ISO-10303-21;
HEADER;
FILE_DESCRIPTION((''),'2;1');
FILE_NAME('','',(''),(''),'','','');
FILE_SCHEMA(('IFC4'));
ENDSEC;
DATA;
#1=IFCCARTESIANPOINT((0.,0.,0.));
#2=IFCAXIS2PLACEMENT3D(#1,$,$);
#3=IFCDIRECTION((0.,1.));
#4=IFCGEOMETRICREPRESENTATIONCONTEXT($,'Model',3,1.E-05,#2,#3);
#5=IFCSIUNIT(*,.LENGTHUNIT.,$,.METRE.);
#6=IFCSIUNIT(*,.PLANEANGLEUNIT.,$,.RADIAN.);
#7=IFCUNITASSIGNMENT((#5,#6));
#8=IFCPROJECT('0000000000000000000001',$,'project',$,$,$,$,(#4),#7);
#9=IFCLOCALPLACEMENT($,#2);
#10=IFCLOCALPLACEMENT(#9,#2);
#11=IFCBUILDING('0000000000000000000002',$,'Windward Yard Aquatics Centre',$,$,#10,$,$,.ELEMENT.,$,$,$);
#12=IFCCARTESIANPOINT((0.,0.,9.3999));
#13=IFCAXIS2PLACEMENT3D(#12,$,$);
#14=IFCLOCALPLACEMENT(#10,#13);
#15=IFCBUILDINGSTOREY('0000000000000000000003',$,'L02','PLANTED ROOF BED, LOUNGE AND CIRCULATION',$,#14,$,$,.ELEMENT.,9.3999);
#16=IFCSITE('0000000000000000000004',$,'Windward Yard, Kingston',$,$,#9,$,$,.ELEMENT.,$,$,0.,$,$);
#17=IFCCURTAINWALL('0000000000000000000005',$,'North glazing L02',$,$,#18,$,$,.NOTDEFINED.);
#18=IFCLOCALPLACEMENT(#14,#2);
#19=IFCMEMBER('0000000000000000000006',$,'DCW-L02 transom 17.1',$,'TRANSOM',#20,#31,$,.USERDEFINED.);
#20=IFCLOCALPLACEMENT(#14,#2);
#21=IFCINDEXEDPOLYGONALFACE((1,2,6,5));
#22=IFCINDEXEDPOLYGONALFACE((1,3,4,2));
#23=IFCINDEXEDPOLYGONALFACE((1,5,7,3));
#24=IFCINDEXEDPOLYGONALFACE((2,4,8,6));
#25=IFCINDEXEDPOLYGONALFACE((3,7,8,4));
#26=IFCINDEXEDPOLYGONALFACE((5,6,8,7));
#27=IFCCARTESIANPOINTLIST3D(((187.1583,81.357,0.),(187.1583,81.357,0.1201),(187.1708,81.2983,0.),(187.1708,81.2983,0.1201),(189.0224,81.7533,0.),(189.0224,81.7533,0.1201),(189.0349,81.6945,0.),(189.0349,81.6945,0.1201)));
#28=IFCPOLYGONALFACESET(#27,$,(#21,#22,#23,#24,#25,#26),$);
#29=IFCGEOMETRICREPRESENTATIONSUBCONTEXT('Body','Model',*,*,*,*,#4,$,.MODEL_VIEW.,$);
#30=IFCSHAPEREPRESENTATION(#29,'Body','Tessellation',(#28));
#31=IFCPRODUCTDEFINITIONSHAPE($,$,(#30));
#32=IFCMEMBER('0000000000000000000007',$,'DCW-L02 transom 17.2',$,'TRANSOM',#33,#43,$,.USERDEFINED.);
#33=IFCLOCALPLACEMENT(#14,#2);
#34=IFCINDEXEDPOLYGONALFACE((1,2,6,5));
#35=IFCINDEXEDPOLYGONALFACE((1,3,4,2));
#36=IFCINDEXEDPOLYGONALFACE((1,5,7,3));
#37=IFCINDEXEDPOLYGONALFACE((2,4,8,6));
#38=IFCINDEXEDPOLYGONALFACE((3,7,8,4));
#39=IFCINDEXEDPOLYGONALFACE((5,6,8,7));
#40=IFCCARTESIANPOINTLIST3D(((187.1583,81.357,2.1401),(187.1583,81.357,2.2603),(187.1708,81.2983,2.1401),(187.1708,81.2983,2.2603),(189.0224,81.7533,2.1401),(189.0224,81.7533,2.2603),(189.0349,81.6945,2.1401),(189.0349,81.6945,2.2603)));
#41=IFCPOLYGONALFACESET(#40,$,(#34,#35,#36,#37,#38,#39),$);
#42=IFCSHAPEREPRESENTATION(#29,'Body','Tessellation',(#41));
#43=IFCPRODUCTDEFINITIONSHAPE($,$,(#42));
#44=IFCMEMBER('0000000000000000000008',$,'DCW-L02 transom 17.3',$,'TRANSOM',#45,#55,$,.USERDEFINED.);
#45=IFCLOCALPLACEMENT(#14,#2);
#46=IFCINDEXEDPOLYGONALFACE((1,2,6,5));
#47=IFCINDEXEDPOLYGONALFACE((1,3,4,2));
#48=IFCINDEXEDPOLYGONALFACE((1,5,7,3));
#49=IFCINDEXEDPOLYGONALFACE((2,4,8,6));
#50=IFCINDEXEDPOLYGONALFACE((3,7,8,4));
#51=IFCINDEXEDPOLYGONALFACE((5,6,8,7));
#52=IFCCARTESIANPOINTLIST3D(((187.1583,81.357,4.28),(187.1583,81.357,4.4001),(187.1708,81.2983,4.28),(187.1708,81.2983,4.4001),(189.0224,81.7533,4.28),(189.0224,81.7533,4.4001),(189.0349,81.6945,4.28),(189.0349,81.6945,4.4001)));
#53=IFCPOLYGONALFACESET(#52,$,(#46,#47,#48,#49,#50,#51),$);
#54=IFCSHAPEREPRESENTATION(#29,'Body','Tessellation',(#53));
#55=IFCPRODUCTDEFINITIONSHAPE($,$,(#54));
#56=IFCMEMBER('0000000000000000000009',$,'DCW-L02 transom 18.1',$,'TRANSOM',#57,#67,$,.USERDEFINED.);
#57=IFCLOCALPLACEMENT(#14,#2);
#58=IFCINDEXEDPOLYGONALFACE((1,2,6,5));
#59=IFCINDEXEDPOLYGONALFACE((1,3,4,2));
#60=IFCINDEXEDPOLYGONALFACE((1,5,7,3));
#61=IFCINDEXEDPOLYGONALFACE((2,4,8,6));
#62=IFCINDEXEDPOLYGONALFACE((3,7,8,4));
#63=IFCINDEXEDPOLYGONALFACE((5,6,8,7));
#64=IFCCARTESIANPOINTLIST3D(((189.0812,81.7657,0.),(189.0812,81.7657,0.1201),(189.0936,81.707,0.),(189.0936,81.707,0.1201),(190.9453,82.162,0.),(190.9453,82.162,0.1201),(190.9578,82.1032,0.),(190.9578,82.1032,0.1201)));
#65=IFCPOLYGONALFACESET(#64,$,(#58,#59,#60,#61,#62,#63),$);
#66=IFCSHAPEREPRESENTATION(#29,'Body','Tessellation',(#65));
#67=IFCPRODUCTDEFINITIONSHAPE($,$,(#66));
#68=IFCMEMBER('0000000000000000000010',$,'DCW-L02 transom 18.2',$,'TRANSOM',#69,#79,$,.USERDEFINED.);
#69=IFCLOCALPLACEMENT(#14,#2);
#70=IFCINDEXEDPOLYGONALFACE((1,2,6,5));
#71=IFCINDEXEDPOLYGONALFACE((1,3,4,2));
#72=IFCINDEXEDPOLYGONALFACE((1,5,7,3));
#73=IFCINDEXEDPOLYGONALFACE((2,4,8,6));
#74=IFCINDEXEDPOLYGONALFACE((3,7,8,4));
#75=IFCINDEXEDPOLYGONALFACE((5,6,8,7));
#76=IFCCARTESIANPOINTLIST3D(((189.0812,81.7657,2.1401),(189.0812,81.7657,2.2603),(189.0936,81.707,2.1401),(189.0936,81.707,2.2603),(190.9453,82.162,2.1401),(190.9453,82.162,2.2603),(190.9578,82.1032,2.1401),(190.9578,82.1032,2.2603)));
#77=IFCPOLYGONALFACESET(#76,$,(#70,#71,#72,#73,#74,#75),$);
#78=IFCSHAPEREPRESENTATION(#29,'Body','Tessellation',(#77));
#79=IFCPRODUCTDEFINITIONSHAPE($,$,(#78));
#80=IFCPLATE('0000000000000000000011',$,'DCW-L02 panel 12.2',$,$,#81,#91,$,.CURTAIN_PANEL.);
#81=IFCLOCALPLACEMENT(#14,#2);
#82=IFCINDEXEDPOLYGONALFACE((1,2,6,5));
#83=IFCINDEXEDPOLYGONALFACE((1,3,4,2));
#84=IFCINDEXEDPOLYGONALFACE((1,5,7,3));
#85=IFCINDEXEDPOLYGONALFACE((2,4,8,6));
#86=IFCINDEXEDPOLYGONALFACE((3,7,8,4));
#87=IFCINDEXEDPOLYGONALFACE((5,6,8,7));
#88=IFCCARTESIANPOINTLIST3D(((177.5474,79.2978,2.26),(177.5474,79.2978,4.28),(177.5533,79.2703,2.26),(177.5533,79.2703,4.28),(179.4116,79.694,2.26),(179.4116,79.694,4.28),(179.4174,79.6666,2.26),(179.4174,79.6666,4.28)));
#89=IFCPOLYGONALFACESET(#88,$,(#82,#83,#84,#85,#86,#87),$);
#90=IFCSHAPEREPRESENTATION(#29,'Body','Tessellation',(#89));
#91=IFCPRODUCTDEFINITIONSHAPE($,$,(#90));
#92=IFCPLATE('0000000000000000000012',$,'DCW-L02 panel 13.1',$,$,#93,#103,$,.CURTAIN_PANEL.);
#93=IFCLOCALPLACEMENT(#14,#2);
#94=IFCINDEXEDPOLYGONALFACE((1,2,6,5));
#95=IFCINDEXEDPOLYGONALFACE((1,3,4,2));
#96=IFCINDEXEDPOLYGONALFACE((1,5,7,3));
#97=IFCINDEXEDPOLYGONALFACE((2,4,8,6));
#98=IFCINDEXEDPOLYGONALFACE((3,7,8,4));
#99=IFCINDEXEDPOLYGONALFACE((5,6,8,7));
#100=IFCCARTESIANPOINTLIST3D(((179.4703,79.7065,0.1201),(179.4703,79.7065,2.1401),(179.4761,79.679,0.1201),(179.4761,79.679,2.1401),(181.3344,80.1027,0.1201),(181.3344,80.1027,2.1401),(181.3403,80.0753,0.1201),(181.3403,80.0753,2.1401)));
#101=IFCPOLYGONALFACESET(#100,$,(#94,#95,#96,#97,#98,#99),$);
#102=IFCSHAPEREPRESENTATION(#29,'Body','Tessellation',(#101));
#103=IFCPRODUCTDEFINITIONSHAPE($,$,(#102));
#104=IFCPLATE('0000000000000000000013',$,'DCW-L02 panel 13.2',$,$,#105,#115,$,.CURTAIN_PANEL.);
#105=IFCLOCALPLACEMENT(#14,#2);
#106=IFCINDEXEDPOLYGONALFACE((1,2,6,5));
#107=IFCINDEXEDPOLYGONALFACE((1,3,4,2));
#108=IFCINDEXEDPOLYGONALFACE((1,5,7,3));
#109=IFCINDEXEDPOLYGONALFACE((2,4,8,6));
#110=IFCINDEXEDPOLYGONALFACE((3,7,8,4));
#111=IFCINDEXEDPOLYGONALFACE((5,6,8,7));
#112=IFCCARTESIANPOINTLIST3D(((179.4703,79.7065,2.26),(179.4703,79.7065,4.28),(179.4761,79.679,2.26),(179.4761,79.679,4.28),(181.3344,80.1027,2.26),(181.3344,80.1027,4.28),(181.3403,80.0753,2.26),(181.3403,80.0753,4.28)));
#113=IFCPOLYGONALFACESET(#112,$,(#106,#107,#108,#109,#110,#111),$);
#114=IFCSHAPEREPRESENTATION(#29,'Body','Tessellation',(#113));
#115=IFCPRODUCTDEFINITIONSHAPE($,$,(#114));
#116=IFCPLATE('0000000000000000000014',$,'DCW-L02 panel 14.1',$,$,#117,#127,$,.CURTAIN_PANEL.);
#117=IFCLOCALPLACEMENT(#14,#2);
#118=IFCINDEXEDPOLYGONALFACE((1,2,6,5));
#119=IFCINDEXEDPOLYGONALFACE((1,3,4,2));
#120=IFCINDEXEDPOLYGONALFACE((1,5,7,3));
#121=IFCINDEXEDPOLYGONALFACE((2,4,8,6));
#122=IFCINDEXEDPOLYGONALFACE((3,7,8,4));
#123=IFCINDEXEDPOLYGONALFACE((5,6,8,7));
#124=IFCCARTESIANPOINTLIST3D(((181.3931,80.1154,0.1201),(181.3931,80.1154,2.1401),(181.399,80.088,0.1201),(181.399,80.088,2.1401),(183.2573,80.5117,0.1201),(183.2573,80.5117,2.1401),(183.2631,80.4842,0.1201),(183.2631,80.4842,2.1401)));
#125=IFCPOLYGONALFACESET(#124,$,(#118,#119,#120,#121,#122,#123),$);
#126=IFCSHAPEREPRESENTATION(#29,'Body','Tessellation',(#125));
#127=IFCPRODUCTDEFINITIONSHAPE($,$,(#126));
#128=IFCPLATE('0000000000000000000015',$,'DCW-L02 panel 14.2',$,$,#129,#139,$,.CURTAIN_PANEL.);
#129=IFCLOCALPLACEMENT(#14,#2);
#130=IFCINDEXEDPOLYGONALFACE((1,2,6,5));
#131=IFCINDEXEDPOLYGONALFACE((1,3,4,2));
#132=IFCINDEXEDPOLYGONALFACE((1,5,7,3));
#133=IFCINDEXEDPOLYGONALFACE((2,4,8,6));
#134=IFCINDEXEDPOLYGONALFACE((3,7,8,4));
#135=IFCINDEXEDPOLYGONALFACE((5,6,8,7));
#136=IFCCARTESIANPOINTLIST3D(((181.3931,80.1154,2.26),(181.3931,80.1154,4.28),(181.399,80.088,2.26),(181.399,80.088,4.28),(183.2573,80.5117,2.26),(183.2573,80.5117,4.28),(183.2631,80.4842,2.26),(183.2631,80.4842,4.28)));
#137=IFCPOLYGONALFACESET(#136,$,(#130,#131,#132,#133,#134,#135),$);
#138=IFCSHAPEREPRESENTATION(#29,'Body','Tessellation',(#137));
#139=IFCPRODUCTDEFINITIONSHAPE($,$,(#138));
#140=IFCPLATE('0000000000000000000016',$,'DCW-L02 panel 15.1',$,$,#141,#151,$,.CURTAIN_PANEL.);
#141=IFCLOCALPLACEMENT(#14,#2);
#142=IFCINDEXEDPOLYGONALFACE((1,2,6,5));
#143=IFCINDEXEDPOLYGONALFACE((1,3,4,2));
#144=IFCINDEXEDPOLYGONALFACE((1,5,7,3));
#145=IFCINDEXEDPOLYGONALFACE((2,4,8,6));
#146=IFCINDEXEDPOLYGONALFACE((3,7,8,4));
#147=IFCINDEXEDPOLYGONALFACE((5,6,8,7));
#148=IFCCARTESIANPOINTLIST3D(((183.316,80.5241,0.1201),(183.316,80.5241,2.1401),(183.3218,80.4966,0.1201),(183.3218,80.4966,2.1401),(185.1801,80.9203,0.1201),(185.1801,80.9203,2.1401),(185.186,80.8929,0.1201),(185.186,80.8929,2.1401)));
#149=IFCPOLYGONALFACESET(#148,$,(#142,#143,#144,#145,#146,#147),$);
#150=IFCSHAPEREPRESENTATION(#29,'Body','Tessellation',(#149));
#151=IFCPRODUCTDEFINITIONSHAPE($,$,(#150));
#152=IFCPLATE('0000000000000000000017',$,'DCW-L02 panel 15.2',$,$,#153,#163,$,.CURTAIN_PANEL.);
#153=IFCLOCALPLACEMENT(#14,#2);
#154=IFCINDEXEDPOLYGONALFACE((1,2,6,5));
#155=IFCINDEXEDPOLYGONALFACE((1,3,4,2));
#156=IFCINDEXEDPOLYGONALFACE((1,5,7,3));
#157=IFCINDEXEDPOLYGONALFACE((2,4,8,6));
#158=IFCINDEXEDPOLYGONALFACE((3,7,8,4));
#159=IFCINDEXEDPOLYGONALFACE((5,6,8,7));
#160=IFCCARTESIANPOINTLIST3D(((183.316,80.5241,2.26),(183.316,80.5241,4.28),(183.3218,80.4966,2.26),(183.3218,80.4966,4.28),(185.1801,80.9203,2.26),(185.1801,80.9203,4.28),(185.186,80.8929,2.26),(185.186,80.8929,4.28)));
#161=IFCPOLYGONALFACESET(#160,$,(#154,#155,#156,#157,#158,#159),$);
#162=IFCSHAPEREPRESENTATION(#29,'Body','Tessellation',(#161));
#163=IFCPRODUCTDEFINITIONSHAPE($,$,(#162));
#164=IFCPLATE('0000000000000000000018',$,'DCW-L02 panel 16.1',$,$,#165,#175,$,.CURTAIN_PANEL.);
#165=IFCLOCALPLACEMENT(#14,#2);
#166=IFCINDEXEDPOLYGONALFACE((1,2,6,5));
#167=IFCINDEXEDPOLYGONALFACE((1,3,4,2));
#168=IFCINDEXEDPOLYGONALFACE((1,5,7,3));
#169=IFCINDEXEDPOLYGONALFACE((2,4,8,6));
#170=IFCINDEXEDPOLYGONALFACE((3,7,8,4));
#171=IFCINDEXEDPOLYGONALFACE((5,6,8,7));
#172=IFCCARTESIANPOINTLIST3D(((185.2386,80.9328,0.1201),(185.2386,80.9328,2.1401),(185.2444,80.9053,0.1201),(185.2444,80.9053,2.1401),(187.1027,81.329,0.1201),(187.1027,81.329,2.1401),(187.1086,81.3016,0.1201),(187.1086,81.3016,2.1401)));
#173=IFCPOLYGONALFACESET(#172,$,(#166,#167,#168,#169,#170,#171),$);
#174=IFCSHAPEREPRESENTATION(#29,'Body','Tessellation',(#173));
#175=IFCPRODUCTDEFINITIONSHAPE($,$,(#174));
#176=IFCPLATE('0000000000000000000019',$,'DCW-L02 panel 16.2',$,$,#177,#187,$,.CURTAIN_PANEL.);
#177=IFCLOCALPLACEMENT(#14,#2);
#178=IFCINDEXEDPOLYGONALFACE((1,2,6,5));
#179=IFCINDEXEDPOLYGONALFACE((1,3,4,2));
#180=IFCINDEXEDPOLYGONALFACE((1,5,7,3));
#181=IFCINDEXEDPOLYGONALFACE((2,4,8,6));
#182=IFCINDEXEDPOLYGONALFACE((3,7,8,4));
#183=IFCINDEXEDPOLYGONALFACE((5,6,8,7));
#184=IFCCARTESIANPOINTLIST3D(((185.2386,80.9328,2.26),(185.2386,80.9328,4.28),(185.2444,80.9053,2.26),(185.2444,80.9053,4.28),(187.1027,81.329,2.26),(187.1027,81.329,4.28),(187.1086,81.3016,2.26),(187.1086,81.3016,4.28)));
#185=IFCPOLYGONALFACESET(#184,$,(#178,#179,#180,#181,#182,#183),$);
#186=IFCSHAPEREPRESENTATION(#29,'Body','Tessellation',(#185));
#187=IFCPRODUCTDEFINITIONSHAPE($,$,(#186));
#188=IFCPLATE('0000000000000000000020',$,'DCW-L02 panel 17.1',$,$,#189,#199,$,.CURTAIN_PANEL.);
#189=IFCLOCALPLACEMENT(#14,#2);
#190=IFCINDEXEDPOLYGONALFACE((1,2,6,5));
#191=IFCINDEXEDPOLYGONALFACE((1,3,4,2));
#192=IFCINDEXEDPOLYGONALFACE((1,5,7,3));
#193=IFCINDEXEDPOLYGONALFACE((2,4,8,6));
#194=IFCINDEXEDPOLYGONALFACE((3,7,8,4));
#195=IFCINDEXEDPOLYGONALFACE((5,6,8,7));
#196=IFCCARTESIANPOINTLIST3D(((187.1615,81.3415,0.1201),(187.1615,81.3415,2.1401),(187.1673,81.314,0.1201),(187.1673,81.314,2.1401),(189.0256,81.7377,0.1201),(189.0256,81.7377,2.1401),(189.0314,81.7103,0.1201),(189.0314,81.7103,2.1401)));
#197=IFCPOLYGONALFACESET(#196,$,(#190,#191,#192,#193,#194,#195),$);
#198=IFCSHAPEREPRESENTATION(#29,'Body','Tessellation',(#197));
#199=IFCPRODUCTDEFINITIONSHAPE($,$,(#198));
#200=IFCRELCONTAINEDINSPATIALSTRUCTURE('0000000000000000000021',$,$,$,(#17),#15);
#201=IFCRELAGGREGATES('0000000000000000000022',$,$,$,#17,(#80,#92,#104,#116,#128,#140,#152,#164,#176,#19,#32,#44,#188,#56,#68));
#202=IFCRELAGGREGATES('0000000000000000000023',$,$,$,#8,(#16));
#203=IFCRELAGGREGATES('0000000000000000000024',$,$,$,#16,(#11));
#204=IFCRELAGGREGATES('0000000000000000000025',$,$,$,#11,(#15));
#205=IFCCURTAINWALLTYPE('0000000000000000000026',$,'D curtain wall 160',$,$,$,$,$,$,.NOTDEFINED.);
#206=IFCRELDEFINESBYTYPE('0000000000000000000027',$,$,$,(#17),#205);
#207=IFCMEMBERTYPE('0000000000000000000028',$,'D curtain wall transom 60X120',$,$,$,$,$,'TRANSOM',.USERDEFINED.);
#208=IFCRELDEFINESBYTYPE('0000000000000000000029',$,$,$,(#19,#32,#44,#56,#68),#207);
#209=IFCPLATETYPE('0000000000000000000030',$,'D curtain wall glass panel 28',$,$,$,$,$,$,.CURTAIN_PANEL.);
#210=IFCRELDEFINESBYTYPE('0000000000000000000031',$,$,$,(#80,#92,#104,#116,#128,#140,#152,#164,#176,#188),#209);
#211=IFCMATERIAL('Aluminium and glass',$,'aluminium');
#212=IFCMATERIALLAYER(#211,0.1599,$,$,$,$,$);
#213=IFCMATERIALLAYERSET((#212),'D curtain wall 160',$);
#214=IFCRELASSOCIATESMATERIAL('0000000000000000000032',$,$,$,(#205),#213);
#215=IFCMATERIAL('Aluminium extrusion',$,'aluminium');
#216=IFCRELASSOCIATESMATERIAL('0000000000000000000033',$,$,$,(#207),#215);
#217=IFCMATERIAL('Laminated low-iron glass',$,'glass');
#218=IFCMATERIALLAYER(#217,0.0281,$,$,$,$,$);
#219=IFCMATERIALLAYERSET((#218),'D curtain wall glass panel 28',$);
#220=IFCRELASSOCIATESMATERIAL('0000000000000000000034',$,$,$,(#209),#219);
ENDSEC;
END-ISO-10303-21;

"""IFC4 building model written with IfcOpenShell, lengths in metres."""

from ifc_helpers import new_model, si_unit, direction, frame, origin, origin_2d, place, context, subcontext, project, spatial, rectangle, extrude, material, layer, layer_set, material_profile, profile_set, type_object, element, aggregate, save


model = new_model("IFC4")

# Units and contexts
model_context = context("Model", 3, precision=1e-05, world=origin(), true_north=direction((0.0, 1.0)))
body_context = subcontext(model_context, "Body", "Model", "MODEL_VIEW")
ifc_project = project(units=[si_unit("LENGTHUNIT", "METRE"), si_unit("PLANEANGLEUNIT", "RADIAN")], contexts=[model_context])

# Site, building, storey
site_placement = place(None, origin())
site = spatial("IfcSite", under=ifc_project, at=site_placement, Name="Windward Yard, Kingston", CompositionType="ELEMENT", RefElevation=0.0)
building_placement = place(site_placement, origin())
building = spatial("IfcBuilding", under=site, at=building_placement, Name="Windward Yard Aquatics Centre", CompositionType="ELEMENT")
storey_placement = place(building_placement, frame((0.0, 0.0, 9.3999)))
storey = spatial("IfcBuildingStorey", under=building, at=storey_placement, Name="L02", Description="PLANTED ROOF BED, LOUNGE AND CIRCULATION", CompositionType="ELEMENT", Elevation=9.3999)

# Curtain wall, members, plates
ifc_material_1 = material(Name="Aluminium and glass", Category="aluminium")
ifc_layer_1 = layer(ifc_material_1, 0.1599)
ifc_layer_set_1 = layer_set([ifc_layer_1], Name="D curtain wall 160")
curtain_wall_type = type_object("IfcCurtainWallType", Name="D curtain wall 160", PredefinedType="NOTDEFINED", material=ifc_layer_set_1)
curtain_wall_placement = place(storey_placement, origin())
curtain_wall = element("IfcCurtainWall", 1, at=curtain_wall_placement, inside=storey, type_object=curtain_wall_type, Name="North glazing L02", PredefinedType="NOTDEFINED")
ifc_material_2 = material(Name="Aluminium extrusion", Category="aluminium")
ifc_material_profile_1 = material_profile(ifc_material_2, rectangle(XDim=0.0601, YDim=0.1201, at=origin_2d()), Name="TRANSOM 60X120")
ifc_profile_set_1 = profile_set([ifc_material_profile_1], Name="Aluminium extrusion")
member_type_1 = type_object("IfcMemberType", Name="D curtain wall transom 60X120", ElementType="TRANSOM", PredefinedType="USERDEFINED", material=ifc_profile_set_1)
member_1_placement = place(storey_placement, frame((187.1646, 81.3276, 0.0601), z_axis=(0.978144, 0.207928, 0.0), x_axis=(-0.207928, 0.978144, 0.0)))
member_1 = element("IfcMember", 2, at=member_1_placement, type_object=member_type_1, Name="DCW-L02 transom 17.1", ObjectType="TRANSOM", PredefinedType="USERDEFINED", context=body_context, shape_type="SweptSolid", body=[
    extrude(rectangle(XDim=0.0601, YDim=0.1201, at=origin_2d()), origin(), (0.0, 0.0, 1.0), 1.9058),
])
member_2_placement = place(storey_placement, frame((187.1646, 81.3276, 2.2002), z_axis=(0.978144, 0.207928, 0.0), x_axis=(-0.207928, 0.978144, 0.0)))
member_2 = element("IfcMember", 3, at=member_2_placement, type_object=member_type_1, Name="DCW-L02 transom 17.2", ObjectType="TRANSOM", PredefinedType="USERDEFINED", context=body_context, shape_type="SweptSolid", body=[
    extrude(rectangle(XDim=0.0601, YDim=0.1201, at=origin_2d()), origin(), (0.0, 0.0, 1.0), 1.9058),
])
member_3_placement = place(storey_placement, frame((187.1646, 81.3276, 4.3401), z_axis=(0.978144, 0.207928, 0.0), x_axis=(-0.207928, 0.978144, 0.0)))
member_3 = element("IfcMember", 4, at=member_3_placement, type_object=member_type_1, Name="DCW-L02 transom 17.3", ObjectType="TRANSOM", PredefinedType="USERDEFINED", context=body_context, shape_type="SweptSolid", body=[
    extrude(rectangle(XDim=0.0601, YDim=0.1201, at=origin_2d()), origin(), (0.0, 0.0, 1.0), 1.9058),
])
member_4_placement = place(storey_placement, frame((189.0874, 81.7363, 0.0601), z_axis=(0.978144, 0.207928, 0.0), x_axis=(-0.207928, 0.978144, 0.0)))
member_4 = element("IfcMember", 5, at=member_4_placement, type_object=member_type_1, Name="DCW-L02 transom 18.1", ObjectType="TRANSOM", PredefinedType="USERDEFINED", context=body_context, shape_type="SweptSolid", body=[
    extrude(rectangle(XDim=0.0601, YDim=0.1201, at=origin_2d()), origin(), (0.0, 0.0, 1.0), 1.9058),
])
member_5_placement = place(storey_placement, frame((189.0874, 81.7363, 2.2002), z_axis=(0.978144, 0.207928, 0.0), x_axis=(-0.207928, 0.978144, 0.0)))
member_5 = element("IfcMember", 6, at=member_5_placement, type_object=member_type_1, Name="DCW-L02 transom 18.2", ObjectType="TRANSOM", PredefinedType="USERDEFINED", context=body_context, shape_type="SweptSolid", body=[
    extrude(rectangle(XDim=0.0601, YDim=0.1201, at=origin_2d()), origin(), (0.0, 0.0, 1.0), 1.9058),
])
ifc_material_3 = material(Name="Laminated low-iron glass", Category="glass")
ifc_layer_2 = layer(ifc_material_3, 0.0281)
ifc_layer_set_2 = layer_set([ifc_layer_2], Name="D curtain wall glass panel 28")
plate_type = type_object("IfcPlateType", Name="D curtain wall glass panel 28", PredefinedType="CURTAIN_PANEL", material=ifc_layer_set_2)
plate_1_placement = place(storey_placement, frame((178.4824, 79.4822, 2.26), z_axis=(0.0, 0.0, 1.0), x_axis=(0.978148, 0.207912, 0.0)))
plate_1 = element("IfcPlate", 7, at=plate_1_placement, type_object=plate_type, Name="DCW-L02 panel 12.2", PredefinedType="CURTAIN_PANEL", context=body_context, shape_type="SweptSolid", body=[
    extrude(rectangle(XDim=1.9058, YDim=0.0281, at=origin_2d()), origin(), (0.0, 0.0, 1.0), 2.02),
])
plate_2_placement = place(storey_placement, frame((180.4053, 79.8909, 0.1201), z_axis=(0.0, 0.0, 1.0), x_axis=(0.978148, 0.207912, 0.0)))
plate_2 = element("IfcPlate", 8, at=plate_2_placement, type_object=plate_type, Name="DCW-L02 panel 13.1", PredefinedType="CURTAIN_PANEL", context=body_context, shape_type="SweptSolid", body=[
    extrude(rectangle(XDim=1.9058, YDim=0.0281, at=origin_2d()), origin(), (0.0, 0.0, 1.0), 2.02),
])
plate_3_placement = place(storey_placement, frame((180.4053, 79.8909, 2.26), z_axis=(0.0, 0.0, 1.0), x_axis=(0.978148, 0.207912, 0.0)))
plate_3 = element("IfcPlate", 9, at=plate_3_placement, type_object=plate_type, Name="DCW-L02 panel 13.2", PredefinedType="CURTAIN_PANEL", context=body_context, shape_type="SweptSolid", body=[
    extrude(rectangle(XDim=1.9058, YDim=0.0281, at=origin_2d()), origin(), (0.0, 0.0, 1.0), 2.02),
])
plate_4_placement = place(storey_placement, frame((182.3281, 80.2998, 0.1201), z_axis=(0.0, 0.0, 1.0), x_axis=(0.978148, 0.207912, 0.0)))
plate_4 = element("IfcPlate", 10, at=plate_4_placement, type_object=plate_type, Name="DCW-L02 panel 14.1", PredefinedType="CURTAIN_PANEL", context=body_context, shape_type="SweptSolid", body=[
    extrude(rectangle(XDim=1.9058, YDim=0.0281, at=origin_2d()), origin(), (0.0, 0.0, 1.0), 2.02),
])
plate_5_placement = place(storey_placement, frame((182.3281, 80.2998, 2.26), z_axis=(0.0, 0.0, 1.0), x_axis=(0.978148, 0.207912, 0.0)))
plate_5 = element("IfcPlate", 11, at=plate_5_placement, type_object=plate_type, Name="DCW-L02 panel 14.2", PredefinedType="CURTAIN_PANEL", context=body_context, shape_type="SweptSolid", body=[
    extrude(rectangle(XDim=1.9058, YDim=0.0281, at=origin_2d()), origin(), (0.0, 0.0, 1.0), 2.02),
])
plate_6_placement = place(storey_placement, frame((184.251, 80.7085, 0.1201), z_axis=(0.0, 0.0, 1.0), x_axis=(0.978148, 0.207912, 0.0)))
plate_6 = element("IfcPlate", 12, at=plate_6_placement, type_object=plate_type, Name="DCW-L02 panel 15.1", PredefinedType="CURTAIN_PANEL", context=body_context, shape_type="SweptSolid", body=[
    extrude(rectangle(XDim=1.9058, YDim=0.0281, at=origin_2d()), origin(), (0.0, 0.0, 1.0), 2.02),
])
plate_7_placement = place(storey_placement, frame((184.251, 80.7085, 2.26), z_axis=(0.0, 0.0, 1.0), x_axis=(0.978148, 0.207912, 0.0)))
plate_7 = element("IfcPlate", 13, at=plate_7_placement, type_object=plate_type, Name="DCW-L02 panel 15.2", PredefinedType="CURTAIN_PANEL", context=body_context, shape_type="SweptSolid", body=[
    extrude(rectangle(XDim=1.9058, YDim=0.0281, at=origin_2d()), origin(), (0.0, 0.0, 1.0), 2.02),
])
plate_8_placement = place(storey_placement, frame((186.1736, 81.1172, 0.1201), z_axis=(0.0, 0.0, 1.0), x_axis=(0.978148, 0.207912, 0.0)))
plate_8 = element("IfcPlate", 14, at=plate_8_placement, type_object=plate_type, Name="DCW-L02 panel 16.1", PredefinedType="CURTAIN_PANEL", context=body_context, shape_type="SweptSolid", body=[
    extrude(rectangle(XDim=1.9058, YDim=0.0281, at=origin_2d()), origin(), (0.0, 0.0, 1.0), 2.02),
])
plate_9_placement = place(storey_placement, frame((186.1736, 81.1172, 2.26), z_axis=(0.0, 0.0, 1.0), x_axis=(0.978148, 0.207912, 0.0)))
plate_9 = element("IfcPlate", 15, at=plate_9_placement, type_object=plate_type, Name="DCW-L02 panel 16.2", PredefinedType="CURTAIN_PANEL", context=body_context, shape_type="SweptSolid", body=[
    extrude(rectangle(XDim=1.9058, YDim=0.0281, at=origin_2d()), origin(), (0.0, 0.0, 1.0), 2.02),
])
plate_10_placement = place(storey_placement, frame((188.0964, 81.5259, 0.1201), z_axis=(0.0, 0.0, 1.0), x_axis=(0.978148, 0.207912, 0.0)))
plate_10 = element("IfcPlate", 16, at=plate_10_placement, type_object=plate_type, Name="DCW-L02 panel 17.1", PredefinedType="CURTAIN_PANEL", context=body_context, shape_type="SweptSolid", body=[
    extrude(rectangle(XDim=1.9058, YDim=0.0281, at=origin_2d()), origin(), (0.0, 0.0, 1.0), 2.02),
])
aggregate(curtain_wall, [plate_1, plate_2, plate_3, plate_4, plate_5, plate_6, plate_7, plate_8, plate_9, member_1, member_2, member_3, plate_10, member_4, member_5])

save(model, "model.ifc")
